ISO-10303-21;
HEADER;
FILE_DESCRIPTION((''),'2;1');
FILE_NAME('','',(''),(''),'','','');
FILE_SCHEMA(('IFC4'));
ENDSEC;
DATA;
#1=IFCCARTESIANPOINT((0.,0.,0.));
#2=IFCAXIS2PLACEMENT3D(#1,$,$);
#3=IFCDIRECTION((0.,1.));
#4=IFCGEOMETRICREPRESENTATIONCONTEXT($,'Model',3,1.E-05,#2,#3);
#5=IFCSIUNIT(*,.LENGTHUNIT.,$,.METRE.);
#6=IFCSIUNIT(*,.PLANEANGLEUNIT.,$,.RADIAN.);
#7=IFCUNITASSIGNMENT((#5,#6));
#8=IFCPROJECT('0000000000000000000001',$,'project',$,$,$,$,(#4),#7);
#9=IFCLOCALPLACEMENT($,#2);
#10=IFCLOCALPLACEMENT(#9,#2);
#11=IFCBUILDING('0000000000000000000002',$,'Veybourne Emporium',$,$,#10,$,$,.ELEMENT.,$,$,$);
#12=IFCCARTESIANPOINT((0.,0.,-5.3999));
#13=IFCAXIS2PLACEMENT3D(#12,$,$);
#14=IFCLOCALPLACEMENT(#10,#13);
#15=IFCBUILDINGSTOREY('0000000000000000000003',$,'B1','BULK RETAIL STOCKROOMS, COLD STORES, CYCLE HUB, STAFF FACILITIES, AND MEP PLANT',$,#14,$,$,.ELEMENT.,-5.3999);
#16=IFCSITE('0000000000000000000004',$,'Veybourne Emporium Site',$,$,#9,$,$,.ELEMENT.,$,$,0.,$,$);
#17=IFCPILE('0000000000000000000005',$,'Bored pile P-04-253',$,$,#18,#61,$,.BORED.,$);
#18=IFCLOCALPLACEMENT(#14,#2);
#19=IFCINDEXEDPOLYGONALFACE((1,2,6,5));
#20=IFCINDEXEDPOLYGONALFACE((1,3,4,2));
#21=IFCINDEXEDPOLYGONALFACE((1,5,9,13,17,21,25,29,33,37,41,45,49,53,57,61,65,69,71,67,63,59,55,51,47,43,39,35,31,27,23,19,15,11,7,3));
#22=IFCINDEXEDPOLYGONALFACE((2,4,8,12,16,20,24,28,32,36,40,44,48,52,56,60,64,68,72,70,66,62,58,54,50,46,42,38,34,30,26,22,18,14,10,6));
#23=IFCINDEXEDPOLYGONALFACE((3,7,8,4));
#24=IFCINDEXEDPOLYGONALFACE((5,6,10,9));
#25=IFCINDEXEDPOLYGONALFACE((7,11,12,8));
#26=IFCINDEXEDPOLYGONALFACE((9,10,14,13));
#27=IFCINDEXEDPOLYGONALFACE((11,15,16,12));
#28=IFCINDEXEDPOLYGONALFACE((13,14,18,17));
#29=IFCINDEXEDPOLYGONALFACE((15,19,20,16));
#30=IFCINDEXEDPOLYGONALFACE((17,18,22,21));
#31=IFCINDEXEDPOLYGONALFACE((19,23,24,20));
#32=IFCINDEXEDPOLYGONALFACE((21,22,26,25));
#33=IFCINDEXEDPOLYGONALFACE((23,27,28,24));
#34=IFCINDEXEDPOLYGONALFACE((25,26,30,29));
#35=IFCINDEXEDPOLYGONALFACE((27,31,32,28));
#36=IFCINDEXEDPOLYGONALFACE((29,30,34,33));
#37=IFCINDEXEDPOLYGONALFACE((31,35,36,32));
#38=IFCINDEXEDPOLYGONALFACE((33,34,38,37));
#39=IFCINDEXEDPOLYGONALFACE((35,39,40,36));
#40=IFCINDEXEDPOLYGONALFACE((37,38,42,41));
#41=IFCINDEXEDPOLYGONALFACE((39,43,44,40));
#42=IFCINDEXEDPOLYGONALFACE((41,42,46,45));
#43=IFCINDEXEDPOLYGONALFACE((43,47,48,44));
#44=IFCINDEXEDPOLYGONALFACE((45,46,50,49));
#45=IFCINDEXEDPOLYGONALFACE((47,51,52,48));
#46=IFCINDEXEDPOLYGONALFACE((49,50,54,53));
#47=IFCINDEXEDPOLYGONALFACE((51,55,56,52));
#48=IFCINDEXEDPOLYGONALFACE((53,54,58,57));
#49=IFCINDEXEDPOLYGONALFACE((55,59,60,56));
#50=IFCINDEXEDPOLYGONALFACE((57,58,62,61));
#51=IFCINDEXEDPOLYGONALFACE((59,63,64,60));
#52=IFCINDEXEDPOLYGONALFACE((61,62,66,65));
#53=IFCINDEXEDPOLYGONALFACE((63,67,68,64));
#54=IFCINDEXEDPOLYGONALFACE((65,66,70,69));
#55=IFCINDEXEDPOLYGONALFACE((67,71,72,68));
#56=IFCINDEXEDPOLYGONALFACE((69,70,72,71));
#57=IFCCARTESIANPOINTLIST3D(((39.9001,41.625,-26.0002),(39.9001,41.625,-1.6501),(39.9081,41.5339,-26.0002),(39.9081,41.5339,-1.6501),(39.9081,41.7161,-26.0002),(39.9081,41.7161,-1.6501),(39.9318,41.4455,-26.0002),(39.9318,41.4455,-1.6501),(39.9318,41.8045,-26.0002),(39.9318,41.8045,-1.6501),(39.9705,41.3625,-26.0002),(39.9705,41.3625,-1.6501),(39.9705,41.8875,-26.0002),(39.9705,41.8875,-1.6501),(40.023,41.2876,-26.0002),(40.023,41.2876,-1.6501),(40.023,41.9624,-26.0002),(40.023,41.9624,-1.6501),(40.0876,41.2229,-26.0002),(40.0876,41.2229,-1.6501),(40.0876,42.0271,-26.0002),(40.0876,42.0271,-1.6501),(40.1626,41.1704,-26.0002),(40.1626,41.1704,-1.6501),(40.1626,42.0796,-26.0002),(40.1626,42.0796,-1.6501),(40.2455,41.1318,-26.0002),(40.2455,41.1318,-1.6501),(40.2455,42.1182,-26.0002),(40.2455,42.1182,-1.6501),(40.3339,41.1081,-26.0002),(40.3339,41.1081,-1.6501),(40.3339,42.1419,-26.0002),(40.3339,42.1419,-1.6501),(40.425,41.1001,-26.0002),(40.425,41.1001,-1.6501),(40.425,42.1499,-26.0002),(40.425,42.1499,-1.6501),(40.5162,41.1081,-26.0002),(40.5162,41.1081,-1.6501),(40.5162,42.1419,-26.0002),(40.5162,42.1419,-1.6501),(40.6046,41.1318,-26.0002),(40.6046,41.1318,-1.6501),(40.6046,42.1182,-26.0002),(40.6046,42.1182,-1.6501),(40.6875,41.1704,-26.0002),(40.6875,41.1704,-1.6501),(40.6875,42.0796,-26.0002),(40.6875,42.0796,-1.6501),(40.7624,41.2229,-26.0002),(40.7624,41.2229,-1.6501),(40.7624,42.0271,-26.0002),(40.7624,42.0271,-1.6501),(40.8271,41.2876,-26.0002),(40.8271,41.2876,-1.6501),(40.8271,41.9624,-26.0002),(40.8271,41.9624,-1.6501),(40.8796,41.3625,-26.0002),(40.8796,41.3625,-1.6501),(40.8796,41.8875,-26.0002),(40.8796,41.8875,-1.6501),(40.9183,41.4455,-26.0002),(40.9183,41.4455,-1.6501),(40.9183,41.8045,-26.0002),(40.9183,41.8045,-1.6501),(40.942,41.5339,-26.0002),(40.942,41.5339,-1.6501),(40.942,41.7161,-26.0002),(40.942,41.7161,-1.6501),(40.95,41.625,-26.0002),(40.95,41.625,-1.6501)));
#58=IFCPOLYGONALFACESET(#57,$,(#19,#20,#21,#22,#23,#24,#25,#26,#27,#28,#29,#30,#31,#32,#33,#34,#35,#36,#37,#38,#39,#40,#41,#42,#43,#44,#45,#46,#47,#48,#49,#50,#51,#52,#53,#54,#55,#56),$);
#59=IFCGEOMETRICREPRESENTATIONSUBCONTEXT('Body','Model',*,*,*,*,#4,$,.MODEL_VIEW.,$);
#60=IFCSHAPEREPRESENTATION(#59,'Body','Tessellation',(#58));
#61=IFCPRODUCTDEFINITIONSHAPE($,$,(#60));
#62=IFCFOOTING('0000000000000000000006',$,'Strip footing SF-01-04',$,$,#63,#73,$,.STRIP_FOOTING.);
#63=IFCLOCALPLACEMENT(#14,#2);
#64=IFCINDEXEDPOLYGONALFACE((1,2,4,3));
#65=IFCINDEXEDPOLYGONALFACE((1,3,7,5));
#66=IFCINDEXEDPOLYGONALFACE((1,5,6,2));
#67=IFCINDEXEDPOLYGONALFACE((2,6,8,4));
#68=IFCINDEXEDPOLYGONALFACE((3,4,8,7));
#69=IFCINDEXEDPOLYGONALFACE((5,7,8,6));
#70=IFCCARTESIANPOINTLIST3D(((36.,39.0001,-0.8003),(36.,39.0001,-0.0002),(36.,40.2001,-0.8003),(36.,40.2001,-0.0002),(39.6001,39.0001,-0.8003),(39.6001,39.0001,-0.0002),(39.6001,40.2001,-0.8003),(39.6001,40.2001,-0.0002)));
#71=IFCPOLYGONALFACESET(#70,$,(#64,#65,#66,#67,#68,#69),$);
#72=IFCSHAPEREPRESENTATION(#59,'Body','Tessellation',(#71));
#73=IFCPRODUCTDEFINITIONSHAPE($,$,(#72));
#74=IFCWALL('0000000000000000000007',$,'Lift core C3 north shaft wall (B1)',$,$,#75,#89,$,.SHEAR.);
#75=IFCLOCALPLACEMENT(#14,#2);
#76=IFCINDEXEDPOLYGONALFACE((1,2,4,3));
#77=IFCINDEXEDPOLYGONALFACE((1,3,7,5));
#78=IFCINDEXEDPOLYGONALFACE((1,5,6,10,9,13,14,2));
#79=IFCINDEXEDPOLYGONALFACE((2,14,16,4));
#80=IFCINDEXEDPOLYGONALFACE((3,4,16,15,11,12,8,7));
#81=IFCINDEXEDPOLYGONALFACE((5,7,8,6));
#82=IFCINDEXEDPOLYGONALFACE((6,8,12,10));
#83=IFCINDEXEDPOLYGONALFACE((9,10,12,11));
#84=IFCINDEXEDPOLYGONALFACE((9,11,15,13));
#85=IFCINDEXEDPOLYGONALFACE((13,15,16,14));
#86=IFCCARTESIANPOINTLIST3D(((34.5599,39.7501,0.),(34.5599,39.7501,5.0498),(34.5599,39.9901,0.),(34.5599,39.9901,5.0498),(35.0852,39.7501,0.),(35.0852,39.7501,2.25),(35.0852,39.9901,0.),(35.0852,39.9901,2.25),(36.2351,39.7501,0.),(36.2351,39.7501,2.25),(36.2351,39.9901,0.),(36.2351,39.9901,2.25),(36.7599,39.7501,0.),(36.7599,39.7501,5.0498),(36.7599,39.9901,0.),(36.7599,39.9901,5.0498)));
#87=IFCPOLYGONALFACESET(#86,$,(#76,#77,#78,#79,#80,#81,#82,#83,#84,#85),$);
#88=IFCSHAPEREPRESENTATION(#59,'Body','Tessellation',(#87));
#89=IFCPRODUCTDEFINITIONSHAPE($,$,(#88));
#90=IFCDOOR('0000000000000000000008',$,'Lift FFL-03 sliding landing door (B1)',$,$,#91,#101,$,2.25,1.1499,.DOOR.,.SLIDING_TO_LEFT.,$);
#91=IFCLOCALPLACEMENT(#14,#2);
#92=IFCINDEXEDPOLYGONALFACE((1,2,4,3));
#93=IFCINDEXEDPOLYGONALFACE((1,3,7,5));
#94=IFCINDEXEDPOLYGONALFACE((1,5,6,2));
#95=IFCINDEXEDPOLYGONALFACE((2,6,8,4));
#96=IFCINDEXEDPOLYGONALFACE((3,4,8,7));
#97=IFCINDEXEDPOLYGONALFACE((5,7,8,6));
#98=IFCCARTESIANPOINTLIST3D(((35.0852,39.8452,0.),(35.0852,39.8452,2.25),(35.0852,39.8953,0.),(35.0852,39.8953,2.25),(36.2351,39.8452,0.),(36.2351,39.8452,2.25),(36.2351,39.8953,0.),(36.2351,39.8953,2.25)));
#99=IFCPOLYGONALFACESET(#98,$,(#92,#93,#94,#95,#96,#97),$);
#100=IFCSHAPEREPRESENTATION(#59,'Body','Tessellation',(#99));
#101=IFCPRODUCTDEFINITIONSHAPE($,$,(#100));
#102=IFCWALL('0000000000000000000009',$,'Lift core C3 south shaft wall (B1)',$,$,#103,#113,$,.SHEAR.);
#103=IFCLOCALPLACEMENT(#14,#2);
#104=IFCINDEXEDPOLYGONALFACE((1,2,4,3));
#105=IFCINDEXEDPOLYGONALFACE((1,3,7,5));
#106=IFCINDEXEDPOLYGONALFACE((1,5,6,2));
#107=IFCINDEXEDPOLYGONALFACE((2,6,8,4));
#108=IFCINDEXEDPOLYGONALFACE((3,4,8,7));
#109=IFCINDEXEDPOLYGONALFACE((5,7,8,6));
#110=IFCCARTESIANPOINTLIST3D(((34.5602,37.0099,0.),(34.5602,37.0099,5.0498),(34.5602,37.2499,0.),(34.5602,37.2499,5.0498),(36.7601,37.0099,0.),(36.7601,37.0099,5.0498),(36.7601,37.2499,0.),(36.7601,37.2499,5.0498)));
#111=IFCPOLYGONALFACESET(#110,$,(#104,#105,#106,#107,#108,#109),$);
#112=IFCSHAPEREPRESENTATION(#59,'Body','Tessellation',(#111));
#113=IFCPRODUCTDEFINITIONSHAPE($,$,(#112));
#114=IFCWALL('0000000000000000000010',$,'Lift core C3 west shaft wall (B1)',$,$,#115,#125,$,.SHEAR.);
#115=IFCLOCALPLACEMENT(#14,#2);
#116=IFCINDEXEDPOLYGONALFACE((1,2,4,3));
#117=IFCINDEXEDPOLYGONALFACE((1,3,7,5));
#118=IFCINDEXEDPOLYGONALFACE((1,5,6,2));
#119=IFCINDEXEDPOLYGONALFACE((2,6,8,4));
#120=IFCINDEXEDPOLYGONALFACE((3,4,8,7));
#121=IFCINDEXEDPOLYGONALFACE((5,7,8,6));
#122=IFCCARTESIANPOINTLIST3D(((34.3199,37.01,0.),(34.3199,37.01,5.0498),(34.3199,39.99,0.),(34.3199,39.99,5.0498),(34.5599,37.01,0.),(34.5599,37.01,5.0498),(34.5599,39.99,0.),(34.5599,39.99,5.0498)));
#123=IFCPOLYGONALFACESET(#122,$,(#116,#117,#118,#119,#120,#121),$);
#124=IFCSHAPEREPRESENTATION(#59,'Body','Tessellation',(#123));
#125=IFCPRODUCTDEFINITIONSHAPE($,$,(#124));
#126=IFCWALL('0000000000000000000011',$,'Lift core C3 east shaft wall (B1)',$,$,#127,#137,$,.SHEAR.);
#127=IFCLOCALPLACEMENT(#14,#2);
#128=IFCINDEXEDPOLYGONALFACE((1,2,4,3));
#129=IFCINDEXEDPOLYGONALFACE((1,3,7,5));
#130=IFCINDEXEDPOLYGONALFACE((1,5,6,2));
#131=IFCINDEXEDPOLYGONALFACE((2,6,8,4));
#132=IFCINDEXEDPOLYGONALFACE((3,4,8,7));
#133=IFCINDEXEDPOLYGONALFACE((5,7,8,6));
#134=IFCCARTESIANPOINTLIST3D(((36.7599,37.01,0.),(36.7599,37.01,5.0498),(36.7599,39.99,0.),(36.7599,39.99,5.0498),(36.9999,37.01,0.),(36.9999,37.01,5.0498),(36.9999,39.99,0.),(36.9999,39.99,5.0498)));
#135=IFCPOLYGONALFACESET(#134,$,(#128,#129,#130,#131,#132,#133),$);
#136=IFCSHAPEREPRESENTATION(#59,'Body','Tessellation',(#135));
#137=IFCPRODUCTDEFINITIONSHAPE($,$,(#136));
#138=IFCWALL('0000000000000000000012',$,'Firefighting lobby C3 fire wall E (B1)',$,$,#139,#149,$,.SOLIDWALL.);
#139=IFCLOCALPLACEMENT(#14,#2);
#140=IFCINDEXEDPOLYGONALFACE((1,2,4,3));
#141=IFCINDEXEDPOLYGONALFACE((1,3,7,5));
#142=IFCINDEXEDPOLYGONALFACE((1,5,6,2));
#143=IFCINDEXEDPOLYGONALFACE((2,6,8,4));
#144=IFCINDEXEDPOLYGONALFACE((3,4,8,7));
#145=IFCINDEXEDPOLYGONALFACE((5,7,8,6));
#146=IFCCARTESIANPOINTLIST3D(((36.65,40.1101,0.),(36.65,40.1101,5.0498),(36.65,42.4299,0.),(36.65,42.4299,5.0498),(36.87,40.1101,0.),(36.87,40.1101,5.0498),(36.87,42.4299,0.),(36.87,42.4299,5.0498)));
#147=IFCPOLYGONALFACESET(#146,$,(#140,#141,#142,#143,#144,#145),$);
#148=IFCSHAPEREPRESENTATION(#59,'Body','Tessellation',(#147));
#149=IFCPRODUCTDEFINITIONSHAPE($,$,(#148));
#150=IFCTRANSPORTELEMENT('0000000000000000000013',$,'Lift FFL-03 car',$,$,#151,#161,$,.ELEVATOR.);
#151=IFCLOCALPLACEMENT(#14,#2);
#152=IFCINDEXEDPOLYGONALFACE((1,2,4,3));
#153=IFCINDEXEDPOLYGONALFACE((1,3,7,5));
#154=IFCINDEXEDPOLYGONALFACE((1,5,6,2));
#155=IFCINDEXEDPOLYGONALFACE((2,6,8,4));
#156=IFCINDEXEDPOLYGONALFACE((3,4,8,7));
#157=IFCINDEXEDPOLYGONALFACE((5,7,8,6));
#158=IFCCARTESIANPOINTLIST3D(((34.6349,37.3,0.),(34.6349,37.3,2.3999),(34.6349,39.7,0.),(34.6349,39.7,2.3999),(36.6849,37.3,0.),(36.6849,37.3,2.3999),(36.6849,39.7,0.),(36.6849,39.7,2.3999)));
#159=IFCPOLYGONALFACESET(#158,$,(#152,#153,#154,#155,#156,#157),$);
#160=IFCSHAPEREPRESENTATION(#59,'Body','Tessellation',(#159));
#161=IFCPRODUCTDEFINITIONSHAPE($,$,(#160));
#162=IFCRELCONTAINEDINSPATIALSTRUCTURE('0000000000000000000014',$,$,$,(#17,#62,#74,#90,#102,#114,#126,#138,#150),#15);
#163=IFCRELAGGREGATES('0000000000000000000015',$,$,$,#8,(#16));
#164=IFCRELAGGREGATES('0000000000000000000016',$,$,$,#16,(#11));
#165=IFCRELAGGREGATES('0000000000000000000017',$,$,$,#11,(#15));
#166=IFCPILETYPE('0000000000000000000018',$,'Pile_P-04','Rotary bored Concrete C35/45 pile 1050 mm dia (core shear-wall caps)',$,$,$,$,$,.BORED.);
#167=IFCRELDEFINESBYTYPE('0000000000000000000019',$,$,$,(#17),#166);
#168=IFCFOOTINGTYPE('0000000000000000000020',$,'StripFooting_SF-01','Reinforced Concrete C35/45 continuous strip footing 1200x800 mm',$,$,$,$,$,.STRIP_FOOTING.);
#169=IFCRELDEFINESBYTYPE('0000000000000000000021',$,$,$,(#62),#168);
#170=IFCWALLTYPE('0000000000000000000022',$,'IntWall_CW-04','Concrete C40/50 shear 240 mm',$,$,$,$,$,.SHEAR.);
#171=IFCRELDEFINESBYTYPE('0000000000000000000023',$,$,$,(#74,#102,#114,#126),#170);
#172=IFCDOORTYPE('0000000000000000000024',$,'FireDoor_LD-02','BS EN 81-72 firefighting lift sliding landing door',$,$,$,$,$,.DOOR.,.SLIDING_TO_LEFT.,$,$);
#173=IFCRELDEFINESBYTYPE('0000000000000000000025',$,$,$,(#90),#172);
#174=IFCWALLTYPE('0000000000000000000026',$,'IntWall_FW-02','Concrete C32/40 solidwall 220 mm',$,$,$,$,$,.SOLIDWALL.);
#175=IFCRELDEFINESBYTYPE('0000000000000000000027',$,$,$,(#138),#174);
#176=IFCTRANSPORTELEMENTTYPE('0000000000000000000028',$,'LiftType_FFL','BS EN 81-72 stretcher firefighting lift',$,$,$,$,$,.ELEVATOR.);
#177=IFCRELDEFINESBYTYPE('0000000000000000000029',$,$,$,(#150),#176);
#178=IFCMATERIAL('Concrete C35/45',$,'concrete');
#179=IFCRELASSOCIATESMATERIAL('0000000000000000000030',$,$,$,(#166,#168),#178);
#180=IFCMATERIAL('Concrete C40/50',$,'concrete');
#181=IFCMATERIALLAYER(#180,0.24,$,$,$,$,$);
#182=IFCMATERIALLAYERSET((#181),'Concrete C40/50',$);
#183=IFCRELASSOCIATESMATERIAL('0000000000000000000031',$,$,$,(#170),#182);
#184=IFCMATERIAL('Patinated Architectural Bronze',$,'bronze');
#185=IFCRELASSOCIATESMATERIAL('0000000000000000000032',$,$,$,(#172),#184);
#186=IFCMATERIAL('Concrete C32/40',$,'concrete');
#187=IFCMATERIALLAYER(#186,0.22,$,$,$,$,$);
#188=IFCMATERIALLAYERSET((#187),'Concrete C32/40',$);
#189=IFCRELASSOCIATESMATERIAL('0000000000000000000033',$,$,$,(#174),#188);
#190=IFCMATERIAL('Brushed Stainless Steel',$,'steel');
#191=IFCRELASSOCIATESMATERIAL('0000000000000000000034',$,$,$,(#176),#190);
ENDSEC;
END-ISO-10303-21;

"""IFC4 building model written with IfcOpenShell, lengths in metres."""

from ifc_helpers import new_model, si_unit, direction, frame, frame_2d, origin, origin_2d, place, context, subcontext, project, spatial, rectangle, circle, extrude, material, layer, layer_set, material_profile, profile_set, type_object, element, fill, save


model = new_model("IFC4")

# Units and contexts
model_context = context("Model", 3, precision=1e-05, world=origin(), true_north=direction((0.0, 1.0)))
body_context = subcontext(model_context, "Body", "Model", "MODEL_VIEW")
ifc_project = project(units=[si_unit("LENGTHUNIT", "METRE"), si_unit("PLANEANGLEUNIT", "RADIAN")], contexts=[model_context])

# Site, building, storey
site_placement = place(None, origin())
site = spatial("IfcSite", under=ifc_project, at=site_placement, Name="Veybourne Emporium Site", CompositionType="ELEMENT", RefElevation=0.0)
building_placement = place(site_placement, origin())
building = spatial("IfcBuilding", under=site, at=building_placement, Name="Veybourne Emporium", CompositionType="ELEMENT")
storey_placement = place(building_placement, frame((0.0, 0.0, -5.3999)))
storey = spatial("IfcBuildingStorey", under=building, at=storey_placement, Name="B1", Description="BULK RETAIL STOCKROOMS, COLD STORES, CYCLE HUB, STAFF FACILITIES, AND MEP PLANT", CompositionType="ELEMENT", Elevation=-5.3999)

# Shared definitions
ifc_material_1 = material(Name="Concrete C35/45", Category="concrete")

# Pile
ifc_material_profile_1 = material_profile(ifc_material_1, circle(Radius=0.5249, at=origin_2d()), Name="BORED PILE 1050")
ifc_profile_set_1 = profile_set([ifc_material_profile_1], Name="Concrete C35/45")
pile_type_1 = type_object("IfcPileType", Name="Pile_P-04", Description="Rotary bored Concrete C35/45 pile 1050 mm dia (core shear-wall caps)", PredefinedType="BORED", material=ifc_profile_set_1)
for number, where, z_axis, x_axis, name in (
    (1, (40.425, 41.625, -1.6501), (0.0, 0.0, -1.0), (1.0, 0.0, 0.0), "Bored pile P-04-253"),
):
    element("IfcPile", number, at=place(storey_placement, frame(where, z_axis=z_axis, x_axis=x_axis)), inside=storey, type_object=pile_type_1, Name=name, PredefinedType="BORED", context=body_context, shape_type="SweptSolid", body=[
        extrude(circle(Radius=0.5249, at=origin_2d()), origin(), (0.0, 0.0, 1.0), 24.3501),
    ])

# Footing
footing_type_1 = type_object("IfcFootingType", Name="StripFooting_SF-01", Description="Reinforced Concrete C35/45 continuous strip footing 1200x800 mm", PredefinedType="STRIP_FOOTING", material=ifc_material_1)
footing_1_placement = place(storey_placement, frame((37.8, 39.6001, -0.8003), z_axis=(0.0, 0.0, 1.0), x_axis=(1.0, 0.0, 0.0)))
element("IfcFooting", 2, at=footing_1_placement, inside=storey, type_object=footing_type_1, Name="Strip footing SF-01-04", PredefinedType="STRIP_FOOTING", context=body_context, shape_type="SweptSolid", body=[
    extrude(rectangle(XDim=3.6001, YDim=1.2, at=origin_2d()), origin(), (0.0, 0.0, 1.0), 0.8),
])

# Wall, opening, door
ifc_material_2 = material(Name="Concrete C40/50", Category="concrete")
ifc_layer_1 = layer(ifc_material_2, 0.24)
ifc_layer_set_1 = layer_set([ifc_layer_1], Name="Concrete C40/50")
wall_type_1 = type_object("IfcWallType", Name="IntWall_CW-04", Description="Concrete C40/50 shear 240 mm", PredefinedType="SHEAR", material=ifc_layer_set_1)
wall_1_placement = place(storey_placement, frame((36.76, 39.8701, 0.0), z_axis=(0.0, 0.0, 1.0), x_axis=(-1.0, 0.0, 0.0)))
wall_1 = element("IfcWall", 3, at=wall_1_placement, inside=storey, type_object=wall_type_1, Name="Lift core C3 north shaft wall (B1)", PredefinedType="SHEAR", context=body_context, shape_type="SweptSolid", body=[
    extrude(rectangle(XDim=2.2, YDim=0.24, at=frame_2d((1.1001, 0.0))), origin(), (0.0, 0.0, 1.0), 5.0498),
])
opening_1_placement = place(wall_1_placement, frame((0.5249, 0.0, 0.0)))
opening_1 = element("IfcOpeningElement", 4, at=opening_1_placement, cuts=wall_1, PredefinedType="OPENING", context=body_context, shape_type="SweptSolid", body=[
    extrude(rectangle(XDim=1.1499, YDim=2.25, at=frame_2d((0.575, 1.125))), frame((0.0, 0.1401, 0.0), z_axis=(0.0, -1.0, 0.0), x_axis=(1.0, 0.0, 0.0)), (0.0, 0.0, 1.0), 0.28),
])
ifc_material_3 = material(Name="Patinated Architectural Bronze", Category="bronze")
door_type_1 = type_object("IfcDoorType", Name="FireDoor_LD-02", Description="BS EN 81-72 firefighting lift sliding landing door", OperationType="SLIDING_TO_LEFT", PredefinedType="DOOR", material=ifc_material_3)
door_1_placement = place(opening_1_placement, origin())
door_1 = element("IfcDoor", 5, at=door_1_placement, inside=storey, type_object=door_type_1, Name="Lift FFL-03 sliding landing door (B1)", OperationType="SLIDING_TO_LEFT", OverallHeight=2.25, OverallWidth=1.1499, PredefinedType="DOOR", context=body_context, shape_type="SweptSolid", body=[
    extrude(rectangle(XDim=1.1499, YDim=2.25, at=frame_2d((0.575, 1.125))), frame((0.0, 0.0249, 0.0), z_axis=(0.0, -1.0, 0.0), x_axis=(1.0, 0.0, 0.0)), (0.0, 0.0, 1.0), 0.05),
])
fill(opening_1, door_1)

# Walls
wall_2_placement = place(storey_placement, frame((34.5601, 37.1299, 0.0), z_axis=(0.0, 0.0, 1.0), x_axis=(1.0, 0.0, 0.0)))
element("IfcWall", 6, at=wall_2_placement, inside=storey, type_object=wall_type_1, Name="Lift core C3 south shaft wall (B1)", PredefinedType="SHEAR", context=body_context, shape_type="SweptSolid", body=[
    extrude(rectangle(XDim=2.2, YDim=0.24, at=frame_2d((1.1001, 0.0))), origin(), (0.0, 0.0, 1.0), 5.0498),
])
for number, where, z_axis, x_axis, name in (
    (7, (34.4399, 39.99, 0.0), (0.0, 0.0, 1.0), (0.0, -1.0, 0.0), "Lift core C3 west shaft wall (B1)"),
    (8, (36.8799, 37.01, 0.0), (0.0, 0.0, 1.0), (0.0, 1.0, 0.0), "Lift core C3 east shaft wall (B1)"),
):
    element("IfcWall", number, at=place(storey_placement, frame(where, z_axis=z_axis, x_axis=x_axis)), inside=storey, type_object=wall_type_1, Name=name, PredefinedType="SHEAR", context=body_context, shape_type="SweptSolid", body=[
        extrude(rectangle(XDim=2.98, YDim=0.24, at=frame_2d((1.49, 0.0))), origin(), (0.0, 0.0, 1.0), 5.0498),
    ])

# Shared definitions
ifc_material_4 = material(Name="Concrete C32/40", Category="concrete")
ifc_layer_2 = layer(ifc_material_4, 0.22)
ifc_layer_set_2 = layer_set([ifc_layer_2], Name="Concrete C32/40")
wall_type_2 = type_object("IfcWallType", Name="IntWall_FW-02", Description="Concrete C32/40 solidwall 220 mm", PredefinedType="SOLIDWALL", material=ifc_layer_set_2)

# Wall
wall_3_placement = place(storey_placement, frame((36.76, 40.1101, 0.0), z_axis=(0.0, 0.0, 1.0), x_axis=(0.0, 1.0, 0.0)))
element("IfcWall", 9, at=wall_3_placement, inside=storey, type_object=wall_type_2, Name="Firefighting lobby C3 fire wall E (B1)", PredefinedType="SOLIDWALL", context=body_context, shape_type="SweptSolid", body=[
    extrude(rectangle(XDim=2.3198, YDim=0.22, at=frame_2d((1.1599, 0.0))), origin(), (0.0, 0.0, 1.0), 5.0498),
])

# Transport element
ifc_material_5 = material(Name="Brushed Stainless Steel", Category="steel")
transport_element_type = type_object("IfcTransportElementType", Name="LiftType_FFL", Description="BS EN 81-72 stretcher firefighting lift", PredefinedType="ELEVATOR", material=ifc_material_5)
transport_element_placement = place(storey_placement, frame((35.6599, 38.5, 0.0), z_axis=(0.0, 0.0, 1.0), x_axis=(1.0, 0.0, 0.0)))
element("IfcTransportElement", 10, at=transport_element_placement, inside=storey, type_object=transport_element_type, Name="Lift FFL-03 car", PredefinedType="ELEVATOR", context=body_context, shape_type="SweptSolid", body=[
    extrude(rectangle(XDim=2.05, YDim=2.3999, at=origin_2d()), origin(), (0.0, 0.0, 1.0), 2.3999),
])

save(model, "model.ifc")
